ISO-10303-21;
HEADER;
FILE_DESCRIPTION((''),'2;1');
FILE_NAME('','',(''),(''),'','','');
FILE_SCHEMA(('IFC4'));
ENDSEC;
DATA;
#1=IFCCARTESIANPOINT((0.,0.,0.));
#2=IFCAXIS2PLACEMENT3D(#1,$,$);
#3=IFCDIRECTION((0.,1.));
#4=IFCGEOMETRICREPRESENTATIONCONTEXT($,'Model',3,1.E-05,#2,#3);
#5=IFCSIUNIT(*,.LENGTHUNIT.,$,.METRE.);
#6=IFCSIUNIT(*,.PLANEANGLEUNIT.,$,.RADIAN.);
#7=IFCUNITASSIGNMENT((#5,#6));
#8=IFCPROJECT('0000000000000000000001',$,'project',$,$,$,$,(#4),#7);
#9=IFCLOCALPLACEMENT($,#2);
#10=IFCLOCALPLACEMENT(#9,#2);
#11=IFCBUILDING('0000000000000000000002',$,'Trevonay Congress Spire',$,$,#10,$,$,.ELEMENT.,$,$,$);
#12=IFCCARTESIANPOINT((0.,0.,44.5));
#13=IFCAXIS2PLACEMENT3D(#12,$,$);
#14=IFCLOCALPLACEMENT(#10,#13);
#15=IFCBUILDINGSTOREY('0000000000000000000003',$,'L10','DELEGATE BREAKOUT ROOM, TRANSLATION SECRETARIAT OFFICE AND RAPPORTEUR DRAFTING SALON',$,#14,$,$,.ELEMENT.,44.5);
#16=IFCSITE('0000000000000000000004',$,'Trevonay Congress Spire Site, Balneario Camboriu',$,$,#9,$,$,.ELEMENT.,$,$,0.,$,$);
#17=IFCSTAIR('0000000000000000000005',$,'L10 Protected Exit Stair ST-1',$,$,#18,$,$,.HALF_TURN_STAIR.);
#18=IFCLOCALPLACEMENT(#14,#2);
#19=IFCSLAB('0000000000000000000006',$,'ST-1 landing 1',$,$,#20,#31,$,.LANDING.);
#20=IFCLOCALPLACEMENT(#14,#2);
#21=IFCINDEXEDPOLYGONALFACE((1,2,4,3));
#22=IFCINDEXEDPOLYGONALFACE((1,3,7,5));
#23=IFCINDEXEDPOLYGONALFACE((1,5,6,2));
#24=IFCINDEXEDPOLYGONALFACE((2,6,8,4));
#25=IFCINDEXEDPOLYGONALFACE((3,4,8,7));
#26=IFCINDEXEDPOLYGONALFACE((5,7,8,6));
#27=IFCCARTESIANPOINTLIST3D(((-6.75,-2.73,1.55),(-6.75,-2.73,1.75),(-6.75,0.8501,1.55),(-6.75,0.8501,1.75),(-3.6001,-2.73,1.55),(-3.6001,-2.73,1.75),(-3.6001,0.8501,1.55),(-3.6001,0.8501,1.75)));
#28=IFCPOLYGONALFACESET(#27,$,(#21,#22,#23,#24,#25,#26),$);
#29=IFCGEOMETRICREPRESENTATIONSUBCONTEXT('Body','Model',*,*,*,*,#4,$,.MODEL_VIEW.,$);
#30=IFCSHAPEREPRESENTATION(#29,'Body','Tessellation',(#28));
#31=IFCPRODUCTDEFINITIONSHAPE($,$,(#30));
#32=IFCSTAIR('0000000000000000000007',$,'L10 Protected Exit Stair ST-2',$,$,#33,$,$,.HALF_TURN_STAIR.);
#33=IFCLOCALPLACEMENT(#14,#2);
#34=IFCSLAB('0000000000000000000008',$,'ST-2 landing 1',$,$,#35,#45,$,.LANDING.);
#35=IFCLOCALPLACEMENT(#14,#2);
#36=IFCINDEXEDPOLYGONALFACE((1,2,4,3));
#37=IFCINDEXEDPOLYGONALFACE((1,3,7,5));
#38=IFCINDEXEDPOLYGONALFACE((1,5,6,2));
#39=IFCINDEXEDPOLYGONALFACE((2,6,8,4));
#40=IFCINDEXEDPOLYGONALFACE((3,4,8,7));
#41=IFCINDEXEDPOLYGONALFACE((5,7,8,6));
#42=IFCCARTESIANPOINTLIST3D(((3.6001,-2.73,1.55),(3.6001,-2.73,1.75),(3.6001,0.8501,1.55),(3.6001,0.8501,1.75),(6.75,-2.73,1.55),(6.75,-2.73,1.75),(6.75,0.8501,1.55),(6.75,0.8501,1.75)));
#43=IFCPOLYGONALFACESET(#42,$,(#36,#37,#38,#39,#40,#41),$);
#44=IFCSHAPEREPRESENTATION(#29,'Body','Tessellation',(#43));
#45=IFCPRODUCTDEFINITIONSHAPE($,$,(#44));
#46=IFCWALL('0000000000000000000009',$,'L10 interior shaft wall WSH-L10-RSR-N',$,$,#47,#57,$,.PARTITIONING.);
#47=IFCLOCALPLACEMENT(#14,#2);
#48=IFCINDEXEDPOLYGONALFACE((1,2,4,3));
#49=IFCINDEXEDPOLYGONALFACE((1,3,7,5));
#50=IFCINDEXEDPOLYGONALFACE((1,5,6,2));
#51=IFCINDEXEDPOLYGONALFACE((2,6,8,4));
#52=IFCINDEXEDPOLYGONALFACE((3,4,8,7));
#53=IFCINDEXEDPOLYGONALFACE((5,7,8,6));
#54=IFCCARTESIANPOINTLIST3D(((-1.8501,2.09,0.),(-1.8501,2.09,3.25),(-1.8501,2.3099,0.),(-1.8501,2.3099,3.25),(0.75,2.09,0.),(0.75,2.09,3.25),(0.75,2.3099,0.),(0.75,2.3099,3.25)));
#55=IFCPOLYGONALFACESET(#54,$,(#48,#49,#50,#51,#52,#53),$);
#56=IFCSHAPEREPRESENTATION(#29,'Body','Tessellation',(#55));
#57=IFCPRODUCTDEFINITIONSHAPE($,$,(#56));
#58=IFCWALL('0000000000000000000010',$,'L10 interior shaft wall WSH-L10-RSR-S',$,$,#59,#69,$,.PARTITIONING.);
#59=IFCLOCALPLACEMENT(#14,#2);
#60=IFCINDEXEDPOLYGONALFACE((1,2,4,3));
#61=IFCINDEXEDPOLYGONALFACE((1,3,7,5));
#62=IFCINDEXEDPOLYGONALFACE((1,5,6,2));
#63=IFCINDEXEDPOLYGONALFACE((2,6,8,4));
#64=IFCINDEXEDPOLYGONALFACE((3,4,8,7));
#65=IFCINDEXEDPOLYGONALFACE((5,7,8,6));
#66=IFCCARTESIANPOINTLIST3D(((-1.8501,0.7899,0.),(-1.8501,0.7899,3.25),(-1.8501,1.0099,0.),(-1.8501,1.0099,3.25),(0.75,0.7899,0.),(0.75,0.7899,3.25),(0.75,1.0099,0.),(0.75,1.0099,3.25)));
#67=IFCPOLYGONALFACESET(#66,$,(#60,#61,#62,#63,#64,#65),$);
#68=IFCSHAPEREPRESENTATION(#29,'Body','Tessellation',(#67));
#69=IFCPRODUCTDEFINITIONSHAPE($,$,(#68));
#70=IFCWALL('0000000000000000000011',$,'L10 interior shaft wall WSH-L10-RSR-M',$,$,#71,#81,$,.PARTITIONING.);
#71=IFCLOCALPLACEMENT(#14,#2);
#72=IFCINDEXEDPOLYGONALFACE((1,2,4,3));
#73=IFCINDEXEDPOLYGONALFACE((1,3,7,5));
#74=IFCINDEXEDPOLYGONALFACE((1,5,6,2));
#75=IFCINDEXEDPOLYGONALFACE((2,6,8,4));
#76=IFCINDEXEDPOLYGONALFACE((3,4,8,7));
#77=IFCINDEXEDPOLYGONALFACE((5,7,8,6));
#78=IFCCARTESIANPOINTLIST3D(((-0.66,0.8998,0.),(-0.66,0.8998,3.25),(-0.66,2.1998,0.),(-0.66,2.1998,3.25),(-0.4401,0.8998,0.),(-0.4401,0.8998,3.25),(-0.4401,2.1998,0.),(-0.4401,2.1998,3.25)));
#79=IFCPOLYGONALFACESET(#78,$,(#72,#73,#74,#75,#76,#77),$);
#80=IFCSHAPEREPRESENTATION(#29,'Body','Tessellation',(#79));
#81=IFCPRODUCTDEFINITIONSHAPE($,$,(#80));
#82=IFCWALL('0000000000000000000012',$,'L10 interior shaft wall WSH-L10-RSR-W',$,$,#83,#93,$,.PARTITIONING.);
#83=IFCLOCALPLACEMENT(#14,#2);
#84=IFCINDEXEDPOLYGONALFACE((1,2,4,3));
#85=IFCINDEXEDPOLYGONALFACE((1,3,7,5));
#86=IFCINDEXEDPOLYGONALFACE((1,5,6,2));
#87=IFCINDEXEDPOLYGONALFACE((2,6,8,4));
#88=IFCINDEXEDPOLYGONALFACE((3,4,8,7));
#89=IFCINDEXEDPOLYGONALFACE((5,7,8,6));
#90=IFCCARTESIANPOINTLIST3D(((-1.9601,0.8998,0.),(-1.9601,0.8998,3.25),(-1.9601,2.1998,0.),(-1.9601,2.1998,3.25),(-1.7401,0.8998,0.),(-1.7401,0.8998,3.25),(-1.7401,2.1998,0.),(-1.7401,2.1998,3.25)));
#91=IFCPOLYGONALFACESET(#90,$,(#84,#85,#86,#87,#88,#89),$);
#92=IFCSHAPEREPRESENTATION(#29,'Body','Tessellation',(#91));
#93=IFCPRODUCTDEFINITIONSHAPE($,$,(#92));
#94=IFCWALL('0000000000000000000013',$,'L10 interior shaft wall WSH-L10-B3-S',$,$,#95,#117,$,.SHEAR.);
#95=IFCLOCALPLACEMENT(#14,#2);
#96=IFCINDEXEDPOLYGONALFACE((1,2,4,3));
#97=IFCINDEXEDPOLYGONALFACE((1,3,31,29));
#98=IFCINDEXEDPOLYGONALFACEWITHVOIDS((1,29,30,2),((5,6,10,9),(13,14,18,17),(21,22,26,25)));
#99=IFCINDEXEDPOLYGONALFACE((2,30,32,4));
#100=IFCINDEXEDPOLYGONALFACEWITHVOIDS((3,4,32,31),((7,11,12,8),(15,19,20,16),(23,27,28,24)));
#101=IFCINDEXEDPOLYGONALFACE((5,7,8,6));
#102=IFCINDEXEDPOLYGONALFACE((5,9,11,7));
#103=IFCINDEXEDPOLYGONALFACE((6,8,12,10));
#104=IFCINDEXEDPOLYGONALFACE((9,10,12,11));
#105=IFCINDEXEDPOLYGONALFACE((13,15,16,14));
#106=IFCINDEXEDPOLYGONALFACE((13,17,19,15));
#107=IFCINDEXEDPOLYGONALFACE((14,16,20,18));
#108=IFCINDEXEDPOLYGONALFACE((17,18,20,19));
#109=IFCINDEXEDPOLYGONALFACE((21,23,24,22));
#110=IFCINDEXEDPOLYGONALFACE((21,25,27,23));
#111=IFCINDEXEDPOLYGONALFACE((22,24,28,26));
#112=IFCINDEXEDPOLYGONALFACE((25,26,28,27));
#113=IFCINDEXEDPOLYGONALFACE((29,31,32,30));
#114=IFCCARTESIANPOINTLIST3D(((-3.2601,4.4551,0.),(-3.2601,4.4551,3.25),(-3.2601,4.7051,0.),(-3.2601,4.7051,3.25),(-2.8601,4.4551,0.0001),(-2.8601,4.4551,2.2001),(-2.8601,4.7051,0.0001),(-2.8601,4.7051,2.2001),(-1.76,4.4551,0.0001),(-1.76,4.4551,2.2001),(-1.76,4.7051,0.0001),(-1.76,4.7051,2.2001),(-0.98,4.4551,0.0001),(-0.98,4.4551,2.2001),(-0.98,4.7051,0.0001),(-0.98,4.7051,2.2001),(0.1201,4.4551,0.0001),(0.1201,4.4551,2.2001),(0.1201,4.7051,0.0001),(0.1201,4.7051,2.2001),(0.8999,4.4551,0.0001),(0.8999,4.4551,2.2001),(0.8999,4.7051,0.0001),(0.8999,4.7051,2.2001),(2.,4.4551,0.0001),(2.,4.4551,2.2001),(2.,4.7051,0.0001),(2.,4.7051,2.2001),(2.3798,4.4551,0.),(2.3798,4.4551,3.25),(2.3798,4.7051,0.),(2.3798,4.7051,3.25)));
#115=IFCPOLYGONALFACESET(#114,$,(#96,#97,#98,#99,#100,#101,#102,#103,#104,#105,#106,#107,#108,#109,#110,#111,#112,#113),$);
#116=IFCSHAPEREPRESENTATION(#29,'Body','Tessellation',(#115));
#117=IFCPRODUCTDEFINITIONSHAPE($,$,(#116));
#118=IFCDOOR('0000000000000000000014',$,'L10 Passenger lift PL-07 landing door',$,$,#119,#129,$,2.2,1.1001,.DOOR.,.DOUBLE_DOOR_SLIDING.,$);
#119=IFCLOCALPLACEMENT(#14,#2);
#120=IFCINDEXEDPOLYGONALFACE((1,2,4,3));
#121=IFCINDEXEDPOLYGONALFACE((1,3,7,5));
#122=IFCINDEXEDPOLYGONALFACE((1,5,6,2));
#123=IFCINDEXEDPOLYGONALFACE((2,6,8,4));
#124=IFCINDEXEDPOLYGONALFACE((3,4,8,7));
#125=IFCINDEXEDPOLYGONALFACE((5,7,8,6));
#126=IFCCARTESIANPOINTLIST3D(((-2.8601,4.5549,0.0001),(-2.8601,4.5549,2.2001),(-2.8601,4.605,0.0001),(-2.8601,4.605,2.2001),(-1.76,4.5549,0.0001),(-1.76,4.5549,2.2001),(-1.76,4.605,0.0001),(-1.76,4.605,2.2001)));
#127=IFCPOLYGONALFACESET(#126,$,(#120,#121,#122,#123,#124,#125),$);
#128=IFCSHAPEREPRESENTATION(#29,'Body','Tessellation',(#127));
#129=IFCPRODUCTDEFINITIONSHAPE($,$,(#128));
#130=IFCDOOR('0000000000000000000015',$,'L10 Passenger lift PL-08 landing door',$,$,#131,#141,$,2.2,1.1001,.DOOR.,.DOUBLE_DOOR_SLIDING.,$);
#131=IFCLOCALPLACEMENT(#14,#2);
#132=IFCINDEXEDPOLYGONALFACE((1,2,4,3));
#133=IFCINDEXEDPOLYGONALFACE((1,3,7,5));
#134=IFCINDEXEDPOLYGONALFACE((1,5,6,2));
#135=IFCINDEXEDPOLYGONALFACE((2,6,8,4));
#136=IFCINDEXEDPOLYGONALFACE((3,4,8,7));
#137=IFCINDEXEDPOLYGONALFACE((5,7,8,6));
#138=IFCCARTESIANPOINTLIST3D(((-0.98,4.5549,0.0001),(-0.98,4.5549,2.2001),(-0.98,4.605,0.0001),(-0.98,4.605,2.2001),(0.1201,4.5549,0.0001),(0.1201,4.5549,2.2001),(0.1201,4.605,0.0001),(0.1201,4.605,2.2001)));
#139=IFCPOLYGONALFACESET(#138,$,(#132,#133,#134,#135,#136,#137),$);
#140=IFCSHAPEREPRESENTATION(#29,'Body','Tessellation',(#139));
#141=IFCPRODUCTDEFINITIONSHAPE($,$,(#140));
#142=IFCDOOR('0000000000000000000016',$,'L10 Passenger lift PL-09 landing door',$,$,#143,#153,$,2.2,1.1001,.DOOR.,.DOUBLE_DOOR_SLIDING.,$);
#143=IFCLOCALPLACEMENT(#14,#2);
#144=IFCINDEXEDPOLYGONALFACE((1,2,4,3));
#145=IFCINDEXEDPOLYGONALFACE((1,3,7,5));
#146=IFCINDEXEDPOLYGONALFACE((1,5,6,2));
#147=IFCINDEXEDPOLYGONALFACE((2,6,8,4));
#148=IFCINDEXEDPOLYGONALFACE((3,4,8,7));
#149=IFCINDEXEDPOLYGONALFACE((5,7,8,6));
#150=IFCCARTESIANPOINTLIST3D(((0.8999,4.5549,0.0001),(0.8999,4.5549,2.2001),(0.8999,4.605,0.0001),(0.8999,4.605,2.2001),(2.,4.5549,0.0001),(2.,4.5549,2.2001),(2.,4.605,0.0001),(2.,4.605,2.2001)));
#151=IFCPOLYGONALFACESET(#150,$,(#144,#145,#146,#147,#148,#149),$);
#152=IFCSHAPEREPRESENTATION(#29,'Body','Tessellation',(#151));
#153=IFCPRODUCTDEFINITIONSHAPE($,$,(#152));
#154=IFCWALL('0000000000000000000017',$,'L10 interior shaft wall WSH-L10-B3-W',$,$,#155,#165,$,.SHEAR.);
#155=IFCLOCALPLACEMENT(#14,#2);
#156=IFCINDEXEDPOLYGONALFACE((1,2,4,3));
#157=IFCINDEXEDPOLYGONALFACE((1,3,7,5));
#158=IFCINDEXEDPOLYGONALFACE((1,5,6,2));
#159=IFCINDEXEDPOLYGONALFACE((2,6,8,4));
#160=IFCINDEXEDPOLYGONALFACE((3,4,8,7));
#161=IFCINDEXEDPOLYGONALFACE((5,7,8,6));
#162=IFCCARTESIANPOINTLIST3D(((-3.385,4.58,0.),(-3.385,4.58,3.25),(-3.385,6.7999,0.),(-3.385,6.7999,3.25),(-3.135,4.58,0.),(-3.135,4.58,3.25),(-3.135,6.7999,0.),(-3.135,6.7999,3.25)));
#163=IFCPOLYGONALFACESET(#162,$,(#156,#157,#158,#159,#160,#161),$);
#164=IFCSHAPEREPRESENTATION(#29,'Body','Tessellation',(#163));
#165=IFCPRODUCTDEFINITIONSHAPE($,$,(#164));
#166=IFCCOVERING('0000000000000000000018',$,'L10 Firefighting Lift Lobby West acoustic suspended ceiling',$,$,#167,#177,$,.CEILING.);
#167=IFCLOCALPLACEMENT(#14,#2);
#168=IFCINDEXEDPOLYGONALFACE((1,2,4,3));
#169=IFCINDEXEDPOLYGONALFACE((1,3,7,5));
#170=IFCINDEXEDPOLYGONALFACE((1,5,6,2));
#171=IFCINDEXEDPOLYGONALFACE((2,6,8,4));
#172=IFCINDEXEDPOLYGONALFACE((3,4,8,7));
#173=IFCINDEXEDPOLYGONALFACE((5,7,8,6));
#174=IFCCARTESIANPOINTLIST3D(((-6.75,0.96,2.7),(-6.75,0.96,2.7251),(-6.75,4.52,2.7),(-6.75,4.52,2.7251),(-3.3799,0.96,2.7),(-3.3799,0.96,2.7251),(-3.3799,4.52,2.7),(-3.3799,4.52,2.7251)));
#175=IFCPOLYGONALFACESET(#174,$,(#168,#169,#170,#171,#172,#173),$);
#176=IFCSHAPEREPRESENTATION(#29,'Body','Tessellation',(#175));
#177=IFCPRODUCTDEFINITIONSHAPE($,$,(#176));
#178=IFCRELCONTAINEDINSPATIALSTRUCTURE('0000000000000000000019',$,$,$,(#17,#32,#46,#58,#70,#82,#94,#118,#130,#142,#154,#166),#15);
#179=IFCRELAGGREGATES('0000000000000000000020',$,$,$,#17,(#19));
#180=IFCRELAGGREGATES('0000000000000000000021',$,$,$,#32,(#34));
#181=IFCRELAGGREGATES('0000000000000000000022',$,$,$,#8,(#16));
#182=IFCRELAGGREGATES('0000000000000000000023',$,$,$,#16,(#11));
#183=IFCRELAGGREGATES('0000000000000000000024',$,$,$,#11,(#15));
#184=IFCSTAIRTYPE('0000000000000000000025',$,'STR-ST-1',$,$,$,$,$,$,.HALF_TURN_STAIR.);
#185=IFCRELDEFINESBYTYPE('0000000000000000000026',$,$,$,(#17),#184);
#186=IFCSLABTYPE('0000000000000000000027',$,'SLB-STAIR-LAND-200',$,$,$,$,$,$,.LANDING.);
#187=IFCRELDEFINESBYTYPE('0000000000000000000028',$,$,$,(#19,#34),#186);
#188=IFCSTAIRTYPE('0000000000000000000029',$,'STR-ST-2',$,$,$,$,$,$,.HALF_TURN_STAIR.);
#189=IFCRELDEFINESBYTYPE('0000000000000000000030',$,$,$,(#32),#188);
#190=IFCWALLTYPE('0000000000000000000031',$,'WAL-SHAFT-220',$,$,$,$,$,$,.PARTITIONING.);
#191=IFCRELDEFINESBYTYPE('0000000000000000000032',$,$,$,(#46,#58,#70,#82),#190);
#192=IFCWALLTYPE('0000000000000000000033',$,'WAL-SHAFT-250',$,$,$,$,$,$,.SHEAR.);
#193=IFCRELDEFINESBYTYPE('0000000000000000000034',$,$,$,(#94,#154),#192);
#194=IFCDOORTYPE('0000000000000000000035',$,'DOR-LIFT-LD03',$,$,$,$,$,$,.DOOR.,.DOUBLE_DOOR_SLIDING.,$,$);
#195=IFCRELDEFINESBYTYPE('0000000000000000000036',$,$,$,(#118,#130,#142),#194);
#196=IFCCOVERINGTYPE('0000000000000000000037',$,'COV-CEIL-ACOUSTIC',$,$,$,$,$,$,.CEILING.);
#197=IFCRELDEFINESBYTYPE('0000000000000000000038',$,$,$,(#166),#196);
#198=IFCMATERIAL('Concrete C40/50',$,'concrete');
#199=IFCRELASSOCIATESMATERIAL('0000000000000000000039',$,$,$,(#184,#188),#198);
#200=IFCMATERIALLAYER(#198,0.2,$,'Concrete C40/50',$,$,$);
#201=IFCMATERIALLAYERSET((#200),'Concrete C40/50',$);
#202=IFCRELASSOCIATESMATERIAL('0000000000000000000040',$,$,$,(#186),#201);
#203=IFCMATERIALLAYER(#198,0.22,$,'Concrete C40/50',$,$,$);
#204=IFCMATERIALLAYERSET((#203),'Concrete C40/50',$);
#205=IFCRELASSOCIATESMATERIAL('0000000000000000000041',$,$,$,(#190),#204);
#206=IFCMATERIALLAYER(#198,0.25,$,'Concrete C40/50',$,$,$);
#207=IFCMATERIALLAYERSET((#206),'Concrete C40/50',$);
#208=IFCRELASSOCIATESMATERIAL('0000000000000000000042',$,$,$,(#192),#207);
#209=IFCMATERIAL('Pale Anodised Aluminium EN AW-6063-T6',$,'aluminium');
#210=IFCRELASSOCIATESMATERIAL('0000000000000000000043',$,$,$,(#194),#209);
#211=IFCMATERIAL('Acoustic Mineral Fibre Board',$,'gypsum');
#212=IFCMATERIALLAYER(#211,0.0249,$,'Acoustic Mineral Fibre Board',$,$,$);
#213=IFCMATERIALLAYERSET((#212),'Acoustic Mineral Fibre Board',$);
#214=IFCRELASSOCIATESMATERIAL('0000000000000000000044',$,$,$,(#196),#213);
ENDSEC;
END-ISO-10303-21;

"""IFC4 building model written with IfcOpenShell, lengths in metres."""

from ifc_helpers import new_model, si_unit, direction, frame, frame_2d, origin, place, context, subcontext, project, spatial, polyline, rectangle, outline, extrude, material, layer, layer_set, type_object, element, fill, aggregate, save


model = new_model("IFC4")

# Units and contexts
model_context = context("Model", 3, precision=1e-05, world=origin(), true_north=direction((0.0, 1.0)))
body_context = subcontext(model_context, "Body", "Model", "MODEL_VIEW")
ifc_project = project(units=[si_unit("LENGTHUNIT", "METRE"), si_unit("PLANEANGLEUNIT", "RADIAN")], contexts=[model_context])

# Site, building, storey
site_placement = place(None, origin())
site = spatial("IfcSite", under=ifc_project, at=site_placement, Name="Trevonay Congress Spire Site, Balneario Camboriu", CompositionType="ELEMENT", RefElevation=0.0)
building_placement = place(site_placement, origin())
building = spatial("IfcBuilding", under=site, at=building_placement, Name="Trevonay Congress Spire", CompositionType="ELEMENT")
storey_placement = place(building_placement, frame((0.0, 0.0, 44.5)))
storey = spatial("IfcBuildingStorey", under=building, at=storey_placement, Name="L10", Description="DELEGATE BREAKOUT ROOM, TRANSLATION SECRETARIAT OFFICE AND RAPPORTEUR DRAFTING SALON", CompositionType="ELEMENT", Elevation=44.5)

# Stairs, slabs
ifc_material_1 = material(Name="Concrete C40/50", Category="concrete")
stair_type_1 = type_object("IfcStairType", Name="STR-ST-1", PredefinedType="HALF_TURN_STAIR", material=ifc_material_1)
stair_1_placement = place(storey_placement, origin())
stair_1 = element("IfcStair", 1, at=stair_1_placement, inside=storey, type_object=stair_type_1, Name="L10 Protected Exit Stair ST-1", PredefinedType="HALF_TURN_STAIR")
ifc_layer_1 = layer(ifc_material_1, 0.2, Name="Concrete C40/50")
ifc_layer_set_1 = layer_set([ifc_layer_1], Name="Concrete C40/50")
slab_type = type_object("IfcSlabType", Name="SLB-STAIR-LAND-200", PredefinedType="LANDING", material=ifc_layer_set_1)
slab_1_placement = place(storey_placement, frame((0.0, 0.0, 1.55)))
slab_1 = element("IfcSlab", 2, at=slab_1_placement, type_object=slab_type, Name="ST-1 landing 1", PredefinedType="LANDING", context=body_context, shape_type="SweptSolid", body=[
    extrude(outline(polyline([(-3.6001, -2.73), (-3.6001, 0.8501), (-6.75, 0.8501), (-6.75, -2.73), (-3.6001, -2.73)])), origin(), (0.0, 0.0, 1.0), 0.2),
])
aggregate(stair_1, [slab_1])
stair_type_2 = type_object("IfcStairType", Name="STR-ST-2", PredefinedType="HALF_TURN_STAIR", material=ifc_material_1)
stair_2_placement = place(storey_placement, origin())
stair_2 = element("IfcStair", 3, at=stair_2_placement, inside=storey, type_object=stair_type_2, Name="L10 Protected Exit Stair ST-2", PredefinedType="HALF_TURN_STAIR")
slab_2_placement = place(storey_placement, frame((0.0, 0.0, 1.55)))
slab_2 = element("IfcSlab", 4, at=slab_2_placement, type_object=slab_type, Name="ST-2 landing 1", PredefinedType="LANDING", context=body_context, shape_type="SweptSolid", body=[
    extrude(outline(polyline([(6.75, -2.73), (6.75, 0.8501), (3.6001, 0.8501), (3.6001, -2.73), (6.75, -2.73)])), origin(), (0.0, 0.0, 1.0), 0.2),
])
aggregate(stair_2, [slab_2])

# Walls
ifc_layer_2 = layer(ifc_material_1, 0.22, Name="Concrete C40/50")
ifc_layer_set_2 = layer_set([ifc_layer_2], Name="Concrete C40/50")
wall_type_1 = type_object("IfcWallType", Name="WAL-SHAFT-220", PredefinedType="PARTITIONING", material=ifc_layer_set_2)
for number, where, z_axis, x_axis, name in (
    (5, (-1.8501, 2.2, 0.0), (0.0, 0.0, 1.0), (1.0, 0.0, 0.0), "L10 interior shaft wall WSH-L10-RSR-N"),
    (6, (-1.8501, 0.8999, 0.0), (0.0, 0.0, 1.0), (1.0, 0.0, 0.0), "L10 interior shaft wall WSH-L10-RSR-S"),
):
    element("IfcWall", number, at=place(storey_placement, frame(where, z_axis=z_axis, x_axis=x_axis)), inside=storey, type_object=wall_type_1, Name=name, PredefinedType="PARTITIONING", context=body_context, shape_type="SweptSolid", body=[
        extrude(rectangle(XDim=2.6001, YDim=0.22, at=frame_2d((1.3, 0.0))), origin(), (0.0, 0.0, 1.0), 3.25),
    ])
for number, where, z_axis, x_axis, name in (
    (7, (-0.55, 0.8999, 0.0), (0.0, 0.0, 1.0), (0.0, 1.0, 0.0), "L10 interior shaft wall WSH-L10-RSR-M"),
    (8, (-1.8501, 0.8999, 0.0), (0.0, 0.0, 1.0), (0.0, 1.0, 0.0), "L10 interior shaft wall WSH-L10-RSR-W"),
):
    element("IfcWall", number, at=place(storey_placement, frame(where, z_axis=z_axis, x_axis=x_axis)), inside=storey, type_object=wall_type_1, Name=name, PredefinedType="PARTITIONING", context=body_context, shape_type="SweptSolid", body=[
        extrude(rectangle(XDim=1.3, YDim=0.22, at=frame_2d((0.6499, 0.0))), origin(), (0.0, 0.0, 1.0), 3.25),
    ])

# Wall, openings, doors
ifc_layer_3 = layer(ifc_material_1, 0.25, Name="Concrete C40/50")
ifc_layer_set_3 = layer_set([ifc_layer_3], Name="Concrete C40/50")
wall_type_2 = type_object("IfcWallType", Name="WAL-SHAFT-250", PredefinedType="SHEAR", material=ifc_layer_set_3)
wall_1_placement = place(storey_placement, frame((-3.26, 4.5801, 0.0), z_axis=(0.0, 0.0, 1.0), x_axis=(1.0, 0.0, 0.0)))
wall_1 = element("IfcWall", 9, at=wall_1_placement, inside=storey, type_object=wall_type_2, Name="L10 interior shaft wall WSH-L10-B3-S", PredefinedType="SHEAR", context=body_context, shape_type="SweptSolid", body=[
    extrude(rectangle(XDim=5.6399, YDim=0.25, at=frame_2d((2.8198, 0.0))), origin(), (0.0, 0.0, 1.0), 3.25),
])
opening_1_placement = place(wall_1_placement, frame((0.3999, 0.0, 0.0)))
opening_1 = element("IfcOpeningElement", 10, at=opening_1_placement, cuts=wall_1, PredefinedType="OPENING", context=body_context, shape_type="SweptSolid", body=[
    extrude(rectangle(XDim=1.1001, YDim=2.2, at=frame_2d((0.55, 1.1001))), frame((0.0, 0.135, 0.0), z_axis=(0.0, -1.0, 0.0), x_axis=(1.0, 0.0, 0.0)), (0.0, 0.0, 1.0), 0.27),
])
opening_2_placement = place(wall_1_placement, frame((2.28, 0.0, 0.0)))
opening_2 = element("IfcOpeningElement", 11, at=opening_2_placement, cuts=wall_1, PredefinedType="OPENING", context=body_context, shape_type="SweptSolid", body=[
    extrude(rectangle(XDim=1.1001, YDim=2.2, at=frame_2d((0.55, 1.1001))), frame((0.0, 0.135, 0.0), z_axis=(0.0, -1.0, 0.0), x_axis=(1.0, 0.0, 0.0)), (0.0, 0.0, 1.0), 0.27),
])
opening_3_placement = place(wall_1_placement, frame((4.1599, 0.0, 0.0)))
opening_3 = element("IfcOpeningElement", 12, at=opening_3_placement, cuts=wall_1, PredefinedType="OPENING", context=body_context, shape_type="SweptSolid", body=[
    extrude(rectangle(XDim=1.1001, YDim=2.2, at=frame_2d((0.55, 1.1001))), frame((0.0, 0.135, 0.0), z_axis=(0.0, -1.0, 0.0), x_axis=(1.0, 0.0, 0.0)), (0.0, 0.0, 1.0), 0.27),
])
ifc_material_2 = material(Name="Pale Anodised Aluminium EN AW-6063-T6", Category="aluminium")
door_type = type_object("IfcDoorType", Name="DOR-LIFT-LD03", OperationType="DOUBLE_DOOR_SLIDING", PredefinedType="DOOR", material=ifc_material_2)
door_1_placement = place(opening_1_placement, origin())
door_1 = element("IfcDoor", 13, at=door_1_placement, inside=storey, type_object=door_type, Name="L10 Passenger lift PL-07 landing door", OperationType="DOUBLE_DOOR_SLIDING", OverallHeight=2.2, OverallWidth=1.1001, PredefinedType="DOOR", context=body_context, shape_type="SweptSolid", body=[
    extrude(rectangle(XDim=1.1001, YDim=2.2, at=frame_2d((0.55, 1.1001))), frame((0.0, 0.0249, 0.0), z_axis=(0.0, -1.0, 0.0), x_axis=(1.0, 0.0, 0.0)), (0.0, 0.0, 1.0), 0.05),
])
fill(opening_1, door_1)
door_2_placement = place(opening_2_placement, origin())
door_2 = element("IfcDoor", 14, at=door_2_placement, inside=storey, type_object=door_type, Name="L10 Passenger lift PL-08 landing door", OperationType="DOUBLE_DOOR_SLIDING", OverallHeight=2.2, OverallWidth=1.1001, PredefinedType="DOOR", context=body_context, shape_type="SweptSolid", body=[
    extrude(rectangle(XDim=1.1001, YDim=2.2, at=frame_2d((0.55, 1.1001))), frame((0.0, 0.0249, 0.0), z_axis=(0.0, -1.0, 0.0), x_axis=(1.0, 0.0, 0.0)), (0.0, 0.0, 1.0), 0.05),
])
fill(opening_2, door_2)
door_3_placement = place(opening_3_placement, origin())
door_3 = element("IfcDoor", 15, at=door_3_placement, inside=storey, type_object=door_type, Name="L10 Passenger lift PL-09 landing door", OperationType="DOUBLE_DOOR_SLIDING", OverallHeight=2.2, OverallWidth=1.1001, PredefinedType="DOOR", context=body_context, shape_type="SweptSolid", body=[
    extrude(rectangle(XDim=1.1001, YDim=2.2, at=frame_2d((0.55, 1.1001))), frame((0.0, 0.0249, 0.0), z_axis=(0.0, -1.0, 0.0), x_axis=(1.0, 0.0, 0.0)), (0.0, 0.0, 1.0), 0.05),
])
fill(opening_3, door_3)

# Wall
wall_2_placement = place(storey_placement, frame((-3.26, 4.5801, 0.0), z_axis=(0.0, 0.0, 1.0), x_axis=(0.0, 1.0, 0.0)))
element("IfcWall", 16, at=wall_2_placement, inside=storey, type_object=wall_type_2, Name="L10 interior shaft wall WSH-L10-B3-W", PredefinedType="SHEAR", context=body_context, shape_type="SweptSolid", body=[
    extrude(rectangle(XDim=2.22, YDim=0.25, at=frame_2d((1.1099, 0.0))), origin(), (0.0, 0.0, 1.0), 3.25),
])

# Covering
ifc_material_3 = material(Name="Acoustic Mineral Fibre Board", Category="gypsum")
ifc_layer_4 = layer(ifc_material_3, 0.0249, Name="Acoustic Mineral Fibre Board")
ifc_layer_set_4 = layer_set([ifc_layer_4], Name="Acoustic Mineral Fibre Board")
covering_type_1 = type_object("IfcCoveringType", Name="COV-CEIL-ACOUSTIC", PredefinedType="CEILING", material=ifc_layer_set_4)
covering_1_placement = place(storey_placement, frame((0.0, 0.0, 2.7)))
element("IfcCovering", 17, at=covering_1_placement, inside=storey, type_object=covering_type_1, Name="L10 Firefighting Lift Lobby West acoustic suspended ceiling", PredefinedType="CEILING", context=body_context, shape_type="SweptSolid", body=[
    extrude(outline(polyline([(-6.75, 0.96), (-3.3799, 0.96), (-3.3799, 4.52), (-6.75, 4.52), (-6.75, 0.96)])), origin(), (0.0, 0.0, 1.0), 0.0251),
])

save(model, "model.ifc")
